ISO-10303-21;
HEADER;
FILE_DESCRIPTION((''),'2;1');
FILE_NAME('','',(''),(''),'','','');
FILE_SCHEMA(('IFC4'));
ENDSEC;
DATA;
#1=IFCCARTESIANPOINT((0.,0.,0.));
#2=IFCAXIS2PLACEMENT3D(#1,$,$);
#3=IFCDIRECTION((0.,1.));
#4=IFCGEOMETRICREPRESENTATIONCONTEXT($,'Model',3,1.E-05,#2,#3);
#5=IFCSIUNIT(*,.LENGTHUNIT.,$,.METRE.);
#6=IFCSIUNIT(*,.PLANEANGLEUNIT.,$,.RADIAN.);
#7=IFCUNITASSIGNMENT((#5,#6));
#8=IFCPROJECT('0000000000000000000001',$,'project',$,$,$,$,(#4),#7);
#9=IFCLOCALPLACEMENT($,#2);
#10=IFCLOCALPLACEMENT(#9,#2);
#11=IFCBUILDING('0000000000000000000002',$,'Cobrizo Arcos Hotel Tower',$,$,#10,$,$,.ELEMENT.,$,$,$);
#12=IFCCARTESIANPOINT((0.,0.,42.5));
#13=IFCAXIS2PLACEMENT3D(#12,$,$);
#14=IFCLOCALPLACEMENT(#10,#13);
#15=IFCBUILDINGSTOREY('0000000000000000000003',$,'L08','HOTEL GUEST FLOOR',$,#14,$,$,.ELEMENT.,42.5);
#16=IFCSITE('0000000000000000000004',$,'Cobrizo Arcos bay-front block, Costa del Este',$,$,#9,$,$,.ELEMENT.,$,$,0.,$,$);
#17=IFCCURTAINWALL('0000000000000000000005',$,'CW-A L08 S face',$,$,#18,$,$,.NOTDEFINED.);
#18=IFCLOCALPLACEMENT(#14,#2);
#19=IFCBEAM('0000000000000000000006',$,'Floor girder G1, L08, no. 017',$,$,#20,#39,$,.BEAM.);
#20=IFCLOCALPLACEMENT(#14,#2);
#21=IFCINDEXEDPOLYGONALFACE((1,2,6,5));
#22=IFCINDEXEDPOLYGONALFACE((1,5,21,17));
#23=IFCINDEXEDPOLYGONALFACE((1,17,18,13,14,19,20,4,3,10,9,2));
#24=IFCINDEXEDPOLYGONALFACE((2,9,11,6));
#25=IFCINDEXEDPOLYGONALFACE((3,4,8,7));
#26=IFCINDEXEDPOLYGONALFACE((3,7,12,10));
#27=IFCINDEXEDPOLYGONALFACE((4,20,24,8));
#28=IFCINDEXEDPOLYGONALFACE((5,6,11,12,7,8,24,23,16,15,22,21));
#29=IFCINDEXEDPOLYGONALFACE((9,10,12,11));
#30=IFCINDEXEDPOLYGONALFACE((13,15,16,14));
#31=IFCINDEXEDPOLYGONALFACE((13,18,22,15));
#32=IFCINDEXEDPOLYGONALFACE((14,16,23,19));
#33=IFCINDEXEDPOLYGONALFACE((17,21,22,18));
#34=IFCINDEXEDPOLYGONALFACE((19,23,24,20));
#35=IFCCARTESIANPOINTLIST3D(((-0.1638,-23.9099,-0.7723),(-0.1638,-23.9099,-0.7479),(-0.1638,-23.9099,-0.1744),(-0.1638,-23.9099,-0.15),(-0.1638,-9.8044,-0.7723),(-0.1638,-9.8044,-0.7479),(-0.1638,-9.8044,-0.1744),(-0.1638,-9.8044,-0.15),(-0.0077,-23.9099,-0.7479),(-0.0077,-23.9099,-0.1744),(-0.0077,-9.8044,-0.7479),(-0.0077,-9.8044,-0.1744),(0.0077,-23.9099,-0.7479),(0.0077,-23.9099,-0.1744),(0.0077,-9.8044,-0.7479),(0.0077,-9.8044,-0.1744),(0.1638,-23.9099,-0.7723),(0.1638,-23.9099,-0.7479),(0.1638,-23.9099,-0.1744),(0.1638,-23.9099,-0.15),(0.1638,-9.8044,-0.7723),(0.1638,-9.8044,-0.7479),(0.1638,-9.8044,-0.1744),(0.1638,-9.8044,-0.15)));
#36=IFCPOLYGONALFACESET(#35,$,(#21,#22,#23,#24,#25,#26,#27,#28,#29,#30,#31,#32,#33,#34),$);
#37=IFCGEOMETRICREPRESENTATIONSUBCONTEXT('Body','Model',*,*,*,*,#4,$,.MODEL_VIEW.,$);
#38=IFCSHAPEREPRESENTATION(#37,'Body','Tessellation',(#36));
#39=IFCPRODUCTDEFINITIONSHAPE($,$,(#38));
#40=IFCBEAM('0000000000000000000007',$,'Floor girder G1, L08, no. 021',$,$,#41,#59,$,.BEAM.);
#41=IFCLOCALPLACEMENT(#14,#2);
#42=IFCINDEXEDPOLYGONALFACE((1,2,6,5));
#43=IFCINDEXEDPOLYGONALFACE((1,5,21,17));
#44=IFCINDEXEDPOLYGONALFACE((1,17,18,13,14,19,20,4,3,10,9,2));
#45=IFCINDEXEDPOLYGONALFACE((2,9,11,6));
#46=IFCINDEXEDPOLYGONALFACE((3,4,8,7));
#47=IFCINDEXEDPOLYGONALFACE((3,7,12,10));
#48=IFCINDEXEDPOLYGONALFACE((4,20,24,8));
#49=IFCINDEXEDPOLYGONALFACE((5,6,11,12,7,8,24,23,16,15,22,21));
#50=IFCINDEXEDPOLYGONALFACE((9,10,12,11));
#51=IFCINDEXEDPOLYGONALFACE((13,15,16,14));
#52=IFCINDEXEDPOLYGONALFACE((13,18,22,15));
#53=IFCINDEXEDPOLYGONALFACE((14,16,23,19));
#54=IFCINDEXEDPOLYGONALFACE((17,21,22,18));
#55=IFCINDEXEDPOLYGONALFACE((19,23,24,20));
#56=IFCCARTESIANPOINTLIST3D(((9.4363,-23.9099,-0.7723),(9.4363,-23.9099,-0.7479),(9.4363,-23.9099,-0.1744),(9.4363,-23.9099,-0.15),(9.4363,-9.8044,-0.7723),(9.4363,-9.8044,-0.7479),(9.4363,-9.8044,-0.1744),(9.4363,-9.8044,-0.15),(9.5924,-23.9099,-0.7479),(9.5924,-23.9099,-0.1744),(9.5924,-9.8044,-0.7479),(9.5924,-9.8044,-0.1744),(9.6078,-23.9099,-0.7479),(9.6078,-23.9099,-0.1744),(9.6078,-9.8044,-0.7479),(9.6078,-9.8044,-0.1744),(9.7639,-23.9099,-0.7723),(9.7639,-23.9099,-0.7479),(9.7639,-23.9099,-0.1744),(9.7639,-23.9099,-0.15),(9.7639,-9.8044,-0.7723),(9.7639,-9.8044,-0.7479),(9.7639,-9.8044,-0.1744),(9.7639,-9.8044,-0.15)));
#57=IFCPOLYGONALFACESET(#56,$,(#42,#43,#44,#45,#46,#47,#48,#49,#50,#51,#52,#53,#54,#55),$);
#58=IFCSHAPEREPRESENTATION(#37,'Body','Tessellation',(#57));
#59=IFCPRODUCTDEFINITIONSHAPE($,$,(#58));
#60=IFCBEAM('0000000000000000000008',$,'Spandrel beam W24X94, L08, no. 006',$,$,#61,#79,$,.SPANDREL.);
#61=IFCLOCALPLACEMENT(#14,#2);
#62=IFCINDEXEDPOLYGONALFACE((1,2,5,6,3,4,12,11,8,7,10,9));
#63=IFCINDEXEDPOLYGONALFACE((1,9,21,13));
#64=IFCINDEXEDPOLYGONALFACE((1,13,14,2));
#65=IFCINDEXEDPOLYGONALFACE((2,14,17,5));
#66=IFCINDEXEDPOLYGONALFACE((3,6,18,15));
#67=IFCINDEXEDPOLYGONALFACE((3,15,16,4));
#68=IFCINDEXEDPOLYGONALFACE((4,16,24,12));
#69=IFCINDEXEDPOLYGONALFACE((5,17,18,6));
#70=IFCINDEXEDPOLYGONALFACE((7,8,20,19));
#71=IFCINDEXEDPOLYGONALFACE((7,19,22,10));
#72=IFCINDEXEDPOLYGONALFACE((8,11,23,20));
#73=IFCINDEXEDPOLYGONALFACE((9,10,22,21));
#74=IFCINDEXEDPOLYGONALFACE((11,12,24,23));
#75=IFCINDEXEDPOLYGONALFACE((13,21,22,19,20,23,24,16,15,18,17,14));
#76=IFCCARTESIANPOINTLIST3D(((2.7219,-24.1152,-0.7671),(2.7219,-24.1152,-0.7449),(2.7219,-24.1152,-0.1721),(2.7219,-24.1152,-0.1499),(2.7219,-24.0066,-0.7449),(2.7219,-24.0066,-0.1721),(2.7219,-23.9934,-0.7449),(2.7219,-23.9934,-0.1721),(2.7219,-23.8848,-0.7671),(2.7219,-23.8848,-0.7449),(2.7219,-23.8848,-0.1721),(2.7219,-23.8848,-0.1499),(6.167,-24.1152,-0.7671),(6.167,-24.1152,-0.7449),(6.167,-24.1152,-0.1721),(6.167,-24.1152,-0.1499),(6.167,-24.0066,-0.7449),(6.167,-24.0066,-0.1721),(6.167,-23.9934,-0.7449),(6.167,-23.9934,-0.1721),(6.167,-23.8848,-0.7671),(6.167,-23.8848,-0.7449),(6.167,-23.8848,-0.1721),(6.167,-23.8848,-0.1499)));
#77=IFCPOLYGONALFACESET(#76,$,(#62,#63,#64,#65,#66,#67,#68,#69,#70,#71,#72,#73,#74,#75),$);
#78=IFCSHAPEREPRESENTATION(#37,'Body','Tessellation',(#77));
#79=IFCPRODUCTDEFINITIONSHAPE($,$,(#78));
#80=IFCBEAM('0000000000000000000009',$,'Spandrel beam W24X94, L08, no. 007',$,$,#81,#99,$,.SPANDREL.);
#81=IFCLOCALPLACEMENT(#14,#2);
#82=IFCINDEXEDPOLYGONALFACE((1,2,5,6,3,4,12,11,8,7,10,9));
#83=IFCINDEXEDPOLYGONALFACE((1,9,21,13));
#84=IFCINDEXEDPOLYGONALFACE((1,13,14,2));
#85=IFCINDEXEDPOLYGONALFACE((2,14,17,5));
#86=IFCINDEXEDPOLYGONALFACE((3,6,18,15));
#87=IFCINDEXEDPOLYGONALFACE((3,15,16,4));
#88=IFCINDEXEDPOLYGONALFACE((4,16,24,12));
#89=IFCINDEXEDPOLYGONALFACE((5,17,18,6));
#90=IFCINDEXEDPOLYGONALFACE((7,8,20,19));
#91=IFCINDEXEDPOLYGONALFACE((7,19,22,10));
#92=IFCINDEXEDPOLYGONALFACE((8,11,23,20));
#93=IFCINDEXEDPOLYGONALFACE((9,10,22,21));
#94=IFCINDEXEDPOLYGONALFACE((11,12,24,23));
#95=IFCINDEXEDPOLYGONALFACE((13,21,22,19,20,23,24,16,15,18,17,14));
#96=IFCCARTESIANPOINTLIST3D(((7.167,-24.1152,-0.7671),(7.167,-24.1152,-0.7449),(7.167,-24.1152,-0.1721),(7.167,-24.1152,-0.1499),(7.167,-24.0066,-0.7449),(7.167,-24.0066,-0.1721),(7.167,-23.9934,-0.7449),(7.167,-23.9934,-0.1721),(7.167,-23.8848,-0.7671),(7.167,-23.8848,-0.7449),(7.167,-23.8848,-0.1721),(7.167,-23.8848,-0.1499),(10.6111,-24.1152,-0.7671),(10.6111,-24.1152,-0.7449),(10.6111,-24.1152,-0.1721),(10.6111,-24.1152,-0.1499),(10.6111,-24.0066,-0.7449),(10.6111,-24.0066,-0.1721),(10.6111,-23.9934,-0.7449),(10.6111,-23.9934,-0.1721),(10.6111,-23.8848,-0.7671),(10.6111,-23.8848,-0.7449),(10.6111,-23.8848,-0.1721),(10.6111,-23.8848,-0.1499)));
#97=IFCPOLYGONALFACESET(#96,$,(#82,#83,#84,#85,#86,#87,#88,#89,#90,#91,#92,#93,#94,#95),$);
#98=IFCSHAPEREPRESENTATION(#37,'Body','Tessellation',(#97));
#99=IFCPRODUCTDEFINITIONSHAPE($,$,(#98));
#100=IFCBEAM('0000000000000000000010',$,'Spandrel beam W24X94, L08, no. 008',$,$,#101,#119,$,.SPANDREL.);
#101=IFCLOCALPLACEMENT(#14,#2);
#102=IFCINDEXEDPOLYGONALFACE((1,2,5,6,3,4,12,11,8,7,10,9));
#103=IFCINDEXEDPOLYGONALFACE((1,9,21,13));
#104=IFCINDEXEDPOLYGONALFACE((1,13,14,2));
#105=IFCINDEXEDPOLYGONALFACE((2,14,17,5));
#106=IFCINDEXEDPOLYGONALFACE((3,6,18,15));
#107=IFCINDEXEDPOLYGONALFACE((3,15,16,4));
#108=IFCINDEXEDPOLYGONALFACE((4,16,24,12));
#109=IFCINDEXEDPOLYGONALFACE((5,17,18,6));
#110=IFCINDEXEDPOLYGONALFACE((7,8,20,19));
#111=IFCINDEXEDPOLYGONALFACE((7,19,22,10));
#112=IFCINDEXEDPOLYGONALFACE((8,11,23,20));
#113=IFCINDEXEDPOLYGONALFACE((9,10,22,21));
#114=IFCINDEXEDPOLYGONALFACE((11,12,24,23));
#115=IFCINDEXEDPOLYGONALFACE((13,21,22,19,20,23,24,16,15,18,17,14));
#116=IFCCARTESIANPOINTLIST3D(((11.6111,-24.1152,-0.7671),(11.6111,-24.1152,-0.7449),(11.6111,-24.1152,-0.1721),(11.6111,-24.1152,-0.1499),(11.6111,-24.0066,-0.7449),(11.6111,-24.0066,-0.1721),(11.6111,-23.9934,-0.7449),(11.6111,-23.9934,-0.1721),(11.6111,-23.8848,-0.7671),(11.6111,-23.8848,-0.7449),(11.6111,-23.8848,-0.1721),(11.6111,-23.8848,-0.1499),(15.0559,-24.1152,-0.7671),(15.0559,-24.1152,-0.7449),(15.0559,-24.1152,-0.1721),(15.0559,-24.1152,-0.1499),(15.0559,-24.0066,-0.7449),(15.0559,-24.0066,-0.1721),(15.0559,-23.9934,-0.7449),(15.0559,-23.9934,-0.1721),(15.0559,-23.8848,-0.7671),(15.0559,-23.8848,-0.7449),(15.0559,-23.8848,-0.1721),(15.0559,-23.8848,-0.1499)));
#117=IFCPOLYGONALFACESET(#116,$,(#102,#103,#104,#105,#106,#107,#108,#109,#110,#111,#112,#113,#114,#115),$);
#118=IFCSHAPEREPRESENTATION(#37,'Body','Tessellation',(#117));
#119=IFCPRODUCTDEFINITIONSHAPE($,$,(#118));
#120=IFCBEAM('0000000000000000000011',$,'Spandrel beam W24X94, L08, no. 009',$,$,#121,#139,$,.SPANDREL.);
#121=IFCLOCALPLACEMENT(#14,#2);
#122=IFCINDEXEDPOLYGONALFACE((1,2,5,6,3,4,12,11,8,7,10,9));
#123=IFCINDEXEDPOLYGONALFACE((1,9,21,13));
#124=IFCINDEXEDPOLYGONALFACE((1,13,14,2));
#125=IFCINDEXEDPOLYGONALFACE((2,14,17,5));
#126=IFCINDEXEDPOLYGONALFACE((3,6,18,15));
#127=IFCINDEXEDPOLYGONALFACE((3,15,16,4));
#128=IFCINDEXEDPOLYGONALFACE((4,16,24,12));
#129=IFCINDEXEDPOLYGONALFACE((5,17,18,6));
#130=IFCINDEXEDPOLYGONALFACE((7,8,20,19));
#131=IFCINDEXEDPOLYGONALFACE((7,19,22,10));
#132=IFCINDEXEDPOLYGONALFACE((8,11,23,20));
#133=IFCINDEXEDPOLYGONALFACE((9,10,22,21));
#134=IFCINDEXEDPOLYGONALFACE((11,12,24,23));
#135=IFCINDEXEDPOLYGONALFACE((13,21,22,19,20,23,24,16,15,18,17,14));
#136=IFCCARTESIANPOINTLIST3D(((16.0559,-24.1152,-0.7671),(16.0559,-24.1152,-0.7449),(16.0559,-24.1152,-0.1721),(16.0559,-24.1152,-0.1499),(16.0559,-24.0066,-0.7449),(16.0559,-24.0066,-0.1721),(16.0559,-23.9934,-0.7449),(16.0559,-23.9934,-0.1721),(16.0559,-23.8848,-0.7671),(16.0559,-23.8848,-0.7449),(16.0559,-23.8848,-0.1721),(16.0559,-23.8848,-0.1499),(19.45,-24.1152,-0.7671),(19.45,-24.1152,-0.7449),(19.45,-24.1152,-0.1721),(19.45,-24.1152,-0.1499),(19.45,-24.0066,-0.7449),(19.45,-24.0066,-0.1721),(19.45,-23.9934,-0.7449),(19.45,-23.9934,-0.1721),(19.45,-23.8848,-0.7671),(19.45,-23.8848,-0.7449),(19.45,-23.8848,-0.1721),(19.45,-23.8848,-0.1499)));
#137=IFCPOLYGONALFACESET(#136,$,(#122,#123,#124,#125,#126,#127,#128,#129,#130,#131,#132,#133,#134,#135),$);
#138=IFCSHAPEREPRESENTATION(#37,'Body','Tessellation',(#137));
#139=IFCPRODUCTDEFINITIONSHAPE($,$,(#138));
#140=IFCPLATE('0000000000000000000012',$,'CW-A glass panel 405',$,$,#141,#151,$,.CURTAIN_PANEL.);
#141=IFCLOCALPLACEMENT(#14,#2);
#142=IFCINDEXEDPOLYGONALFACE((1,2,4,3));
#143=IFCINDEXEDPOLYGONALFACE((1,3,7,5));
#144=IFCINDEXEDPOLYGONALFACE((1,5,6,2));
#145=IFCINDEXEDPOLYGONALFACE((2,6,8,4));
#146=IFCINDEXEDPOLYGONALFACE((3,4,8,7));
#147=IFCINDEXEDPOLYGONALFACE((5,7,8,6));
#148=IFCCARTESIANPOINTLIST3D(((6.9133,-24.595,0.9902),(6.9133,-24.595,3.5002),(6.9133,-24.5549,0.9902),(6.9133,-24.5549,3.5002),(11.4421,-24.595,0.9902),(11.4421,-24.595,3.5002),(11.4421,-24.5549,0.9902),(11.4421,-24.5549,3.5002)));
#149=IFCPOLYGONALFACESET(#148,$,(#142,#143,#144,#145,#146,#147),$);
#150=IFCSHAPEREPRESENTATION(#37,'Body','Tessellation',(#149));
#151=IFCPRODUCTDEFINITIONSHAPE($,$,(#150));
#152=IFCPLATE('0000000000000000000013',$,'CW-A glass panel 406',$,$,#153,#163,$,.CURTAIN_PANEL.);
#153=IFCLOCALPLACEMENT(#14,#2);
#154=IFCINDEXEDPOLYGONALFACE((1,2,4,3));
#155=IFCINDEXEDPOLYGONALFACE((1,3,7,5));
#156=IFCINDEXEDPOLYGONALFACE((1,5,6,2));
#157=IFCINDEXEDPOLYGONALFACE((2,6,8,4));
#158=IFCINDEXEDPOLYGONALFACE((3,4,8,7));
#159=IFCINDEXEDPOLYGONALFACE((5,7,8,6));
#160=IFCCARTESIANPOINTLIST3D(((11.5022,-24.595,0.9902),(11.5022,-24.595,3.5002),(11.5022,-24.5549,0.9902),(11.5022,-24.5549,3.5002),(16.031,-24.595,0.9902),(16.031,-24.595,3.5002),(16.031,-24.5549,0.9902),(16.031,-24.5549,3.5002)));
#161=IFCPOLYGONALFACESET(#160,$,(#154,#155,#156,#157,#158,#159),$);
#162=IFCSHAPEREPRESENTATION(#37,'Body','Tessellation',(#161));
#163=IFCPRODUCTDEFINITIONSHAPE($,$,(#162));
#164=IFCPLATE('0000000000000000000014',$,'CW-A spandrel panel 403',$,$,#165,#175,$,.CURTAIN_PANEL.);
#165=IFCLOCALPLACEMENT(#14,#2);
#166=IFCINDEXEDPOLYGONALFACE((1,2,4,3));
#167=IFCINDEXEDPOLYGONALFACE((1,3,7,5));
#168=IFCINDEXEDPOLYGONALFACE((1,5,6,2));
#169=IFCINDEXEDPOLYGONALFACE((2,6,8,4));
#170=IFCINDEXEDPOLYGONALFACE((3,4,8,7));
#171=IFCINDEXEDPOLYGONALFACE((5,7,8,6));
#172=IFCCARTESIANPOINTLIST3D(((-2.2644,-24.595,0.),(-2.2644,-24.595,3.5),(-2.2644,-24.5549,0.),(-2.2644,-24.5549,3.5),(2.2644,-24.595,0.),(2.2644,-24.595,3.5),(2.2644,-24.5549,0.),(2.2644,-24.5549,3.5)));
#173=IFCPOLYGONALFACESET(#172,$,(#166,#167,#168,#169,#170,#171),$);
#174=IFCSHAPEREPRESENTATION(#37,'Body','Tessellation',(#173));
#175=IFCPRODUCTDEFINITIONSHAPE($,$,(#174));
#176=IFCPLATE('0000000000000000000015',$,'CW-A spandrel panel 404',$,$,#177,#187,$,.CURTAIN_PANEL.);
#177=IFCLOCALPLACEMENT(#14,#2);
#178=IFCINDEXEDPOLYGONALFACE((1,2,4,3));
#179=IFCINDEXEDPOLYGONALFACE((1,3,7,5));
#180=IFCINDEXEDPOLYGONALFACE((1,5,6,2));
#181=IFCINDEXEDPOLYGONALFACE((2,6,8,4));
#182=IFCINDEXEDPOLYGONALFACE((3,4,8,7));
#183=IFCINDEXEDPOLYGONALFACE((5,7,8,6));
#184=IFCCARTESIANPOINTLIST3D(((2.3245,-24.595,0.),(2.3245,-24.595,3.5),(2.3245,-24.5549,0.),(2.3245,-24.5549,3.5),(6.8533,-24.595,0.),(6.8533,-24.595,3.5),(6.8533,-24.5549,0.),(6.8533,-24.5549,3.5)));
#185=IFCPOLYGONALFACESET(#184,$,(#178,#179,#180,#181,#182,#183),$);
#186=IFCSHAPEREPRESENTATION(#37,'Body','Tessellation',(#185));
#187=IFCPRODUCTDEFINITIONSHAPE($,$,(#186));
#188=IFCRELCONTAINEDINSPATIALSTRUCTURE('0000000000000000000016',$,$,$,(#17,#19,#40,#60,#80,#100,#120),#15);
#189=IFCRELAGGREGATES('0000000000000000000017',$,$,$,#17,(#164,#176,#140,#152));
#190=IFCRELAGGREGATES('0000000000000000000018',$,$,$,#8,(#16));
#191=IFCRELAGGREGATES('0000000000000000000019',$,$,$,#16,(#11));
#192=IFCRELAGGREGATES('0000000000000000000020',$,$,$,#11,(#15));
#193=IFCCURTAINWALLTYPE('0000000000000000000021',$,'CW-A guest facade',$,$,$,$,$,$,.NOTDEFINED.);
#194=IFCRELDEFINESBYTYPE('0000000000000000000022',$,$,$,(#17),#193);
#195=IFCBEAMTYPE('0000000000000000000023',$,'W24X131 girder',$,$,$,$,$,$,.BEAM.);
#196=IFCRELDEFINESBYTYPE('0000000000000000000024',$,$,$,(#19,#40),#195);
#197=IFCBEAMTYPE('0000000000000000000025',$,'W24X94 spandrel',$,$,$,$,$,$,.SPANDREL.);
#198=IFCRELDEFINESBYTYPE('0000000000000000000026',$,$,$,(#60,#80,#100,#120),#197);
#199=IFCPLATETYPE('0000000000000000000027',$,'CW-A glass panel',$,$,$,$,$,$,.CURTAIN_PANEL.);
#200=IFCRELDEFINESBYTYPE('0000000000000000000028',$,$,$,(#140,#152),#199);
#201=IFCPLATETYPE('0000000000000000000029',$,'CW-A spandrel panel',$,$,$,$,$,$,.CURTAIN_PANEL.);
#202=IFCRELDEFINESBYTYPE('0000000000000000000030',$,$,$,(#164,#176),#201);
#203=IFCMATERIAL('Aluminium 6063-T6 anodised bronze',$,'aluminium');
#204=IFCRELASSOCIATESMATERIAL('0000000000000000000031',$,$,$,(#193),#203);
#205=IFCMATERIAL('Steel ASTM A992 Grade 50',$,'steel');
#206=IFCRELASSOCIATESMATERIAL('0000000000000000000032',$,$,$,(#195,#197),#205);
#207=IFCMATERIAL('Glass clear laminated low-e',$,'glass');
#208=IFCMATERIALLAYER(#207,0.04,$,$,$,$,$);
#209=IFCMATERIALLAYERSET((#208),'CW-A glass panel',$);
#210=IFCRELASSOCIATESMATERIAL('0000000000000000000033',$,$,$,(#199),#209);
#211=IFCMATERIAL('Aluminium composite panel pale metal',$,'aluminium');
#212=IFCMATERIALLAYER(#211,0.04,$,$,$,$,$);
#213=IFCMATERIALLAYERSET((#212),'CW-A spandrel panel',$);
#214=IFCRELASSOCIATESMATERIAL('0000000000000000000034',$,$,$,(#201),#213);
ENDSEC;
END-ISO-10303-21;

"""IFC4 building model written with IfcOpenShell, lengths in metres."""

from ifc_helpers import new_model, si_unit, direction, frame, origin, origin_2d, place, context, subcontext, project, spatial, rectangle, i_section, extrude, material, layer, layer_set, material_profile, profile_set, type_object, element, aggregate, save


model = new_model("IFC4")

# Units and contexts
model_context = context("Model", 3, precision=1e-05, world=origin(), true_north=direction((0.0, 1.0)))
body_context = subcontext(model_context, "Body", "Model", "MODEL_VIEW")
ifc_project = project(units=[si_unit("LENGTHUNIT", "METRE"), si_unit("PLANEANGLEUNIT", "RADIAN")], contexts=[model_context])

# Site, building, storey
site_placement = place(None, origin())
site = spatial("IfcSite", under=ifc_project, at=site_placement, Name="Cobrizo Arcos bay-front block, Costa del Este", CompositionType="ELEMENT", RefElevation=0.0)
building_placement = place(site_placement, origin())
building = spatial("IfcBuilding", under=site, at=building_placement, Name="Cobrizo Arcos Hotel Tower", CompositionType="ELEMENT")
storey_placement = place(building_placement, frame((0.0, 0.0, 42.5)))
storey = spatial("IfcBuildingStorey", under=building, at=storey_placement, Name="L08", Description="HOTEL GUEST FLOOR", CompositionType="ELEMENT", Elevation=42.5)

# Curtain wall
ifc_material_1 = material(Name="Aluminium 6063-T6 anodised bronze", Category="aluminium")
curtain_wall_type = type_object("IfcCurtainWallType", Name="CW-A guest facade", PredefinedType="NOTDEFINED", material=ifc_material_1)
curtain_wall_placement = place(storey_placement, origin())
curtain_wall = element("IfcCurtainWall", 1, at=curtain_wall_placement, inside=storey, type_object=curtain_wall_type, Name="CW-A L08 S face", PredefinedType="NOTDEFINED")

# Beams
ifc_material_2 = material(Name="Steel ASTM A992 Grade 50", Category="steel")
ifc_material_profile_1 = material_profile(ifc_material_2, i_section(OverallWidth=0.3276, OverallDepth=0.6223, WebThickness=0.0154, FlangeThickness=0.0244, at=origin_2d()), Name="W24X131")
ifc_profile_set_1 = profile_set([ifc_material_profile_1], Name="Steel ASTM A992 Grade 50")
beam_type_1 = type_object("IfcBeamType", Name="W24X131 girder", PredefinedType="BEAM", material=ifc_profile_set_1)
for number, where, z_axis, x_axis, name in (
    (2, (0.0, -23.9099, -0.4612), (0.0, 1.0, 0.0), (-1.0, 0.0, 0.0), "Floor girder G1, L08, no. 017"),
    (3, (9.6001, -23.9099, -0.4612), (0.0, 1.0, 0.0), (-1.0, 0.0, 0.0), "Floor girder G1, L08, no. 021"),
):
    element("IfcBeam", number, at=place(storey_placement, frame(where, z_axis=z_axis, x_axis=x_axis)), inside=storey, type_object=beam_type_1, Name=name, PredefinedType="BEAM", context=body_context, shape_type="SweptSolid", body=[
        extrude(i_section(OverallWidth=0.3276, OverallDepth=0.6223, WebThickness=0.0154, FlangeThickness=0.0244, at=origin_2d()), origin(), (0.0, 0.0, 1.0), 14.1055),
    ])
ifc_material_profile_2 = material_profile(ifc_material_2, i_section(OverallWidth=0.2305, OverallDepth=0.6172, WebThickness=0.0132, FlangeThickness=0.0222, at=origin_2d()), Name="W24X94")
ifc_profile_set_2 = profile_set([ifc_material_profile_2], Name="Steel ASTM A992 Grade 50")
beam_type_2 = type_object("IfcBeamType", Name="W24X94 spandrel", PredefinedType="SPANDREL", material=ifc_profile_set_2)
beam_1_placement = place(storey_placement, frame((2.7219, -24.0, -0.4585), z_axis=(1.0, 0.0, 0.0), x_axis=(0.0, 1.0, 0.0)))
element("IfcBeam", 4, at=beam_1_placement, inside=storey, type_object=beam_type_2, Name="Spandrel beam W24X94, L08, no. 006", PredefinedType="SPANDREL", context=body_context, shape_type="SweptSolid", body=[
    extrude(i_section(OverallWidth=0.2305, OverallDepth=0.6172, WebThickness=0.0132, FlangeThickness=0.0222, at=origin_2d()), origin(), (0.0, 0.0, 1.0), 3.4451),
])
beam_2_placement = place(storey_placement, frame((7.167, -24.0, -0.4585), z_axis=(1.0, 0.0, 0.0), x_axis=(0.0, 1.0, 0.0)))
element("IfcBeam", 5, at=beam_2_placement, inside=storey, type_object=beam_type_2, Name="Spandrel beam W24X94, L08, no. 007", PredefinedType="SPANDREL", context=body_context, shape_type="SweptSolid", body=[
    extrude(i_section(OverallWidth=0.2305, OverallDepth=0.6172, WebThickness=0.0132, FlangeThickness=0.0222, at=origin_2d()), origin(), (0.0, 0.0, 1.0), 3.4441),
])
beam_3_placement = place(storey_placement, frame((11.6111, -24.0, -0.4585), z_axis=(1.0, 0.0, 0.0), x_axis=(0.0, 1.0, 0.0)))
element("IfcBeam", 6, at=beam_3_placement, inside=storey, type_object=beam_type_2, Name="Spandrel beam W24X94, L08, no. 008", PredefinedType="SPANDREL", context=body_context, shape_type="SweptSolid", body=[
    extrude(i_section(OverallWidth=0.2305, OverallDepth=0.6172, WebThickness=0.0132, FlangeThickness=0.0222, at=origin_2d()), origin(), (0.0, 0.0, 1.0), 3.4448),
])
beam_4_placement = place(storey_placement, frame((16.0559, -24.0, -0.4585), z_axis=(1.0, 0.0, 0.0), x_axis=(0.0, 1.0, 0.0)))
element("IfcBeam", 7, at=beam_4_placement, inside=storey, type_object=beam_type_2, Name="Spandrel beam W24X94, L08, no. 009", PredefinedType="SPANDREL", context=body_context, shape_type="SweptSolid", body=[
    extrude(i_section(OverallWidth=0.2305, OverallDepth=0.6172, WebThickness=0.0132, FlangeThickness=0.0222, at=origin_2d()), origin(), (0.0, 0.0, 1.0), 3.394),
])

# Plates
ifc_material_3 = material(Name="Glass clear laminated low-e", Category="glass")
ifc_layer_1 = layer(ifc_material_3, 0.04)
ifc_layer_set_1 = layer_set([ifc_layer_1], Name="CW-A glass panel")
plate_type_1 = type_object("IfcPlateType", Name="CW-A glass panel", PredefinedType="CURTAIN_PANEL", material=ifc_layer_set_1)
plate_1_placement = place(storey_placement, frame((9.1777, -24.575, 0.9902), z_axis=(0.0, 0.0, 1.0), x_axis=(1.0, 0.0, 0.0)))
plate_1 = element("IfcPlate", 8, at=plate_1_placement, type_object=plate_type_1, Name="CW-A glass panel 405", PredefinedType="CURTAIN_PANEL", context=body_context, shape_type="SweptSolid", body=[
    extrude(rectangle(XDim=4.5288, YDim=0.04, at=origin_2d()), origin(), (0.0, 0.0, 1.0), 2.51),
])
plate_2_placement = place(storey_placement, frame((13.7666, -24.575, 0.9902), z_axis=(0.0, 0.0, 1.0), x_axis=(1.0, 0.0, 0.0)))
plate_2 = element("IfcPlate", 9, at=plate_2_placement, type_object=plate_type_1, Name="CW-A glass panel 406", PredefinedType="CURTAIN_PANEL", context=body_context, shape_type="SweptSolid", body=[
    extrude(rectangle(XDim=4.5288, YDim=0.04, at=origin_2d()), origin(), (0.0, 0.0, 1.0), 2.51),
])
ifc_material_4 = material(Name="Aluminium composite panel pale metal", Category="aluminium")
ifc_layer_2 = layer(ifc_material_4, 0.04)
ifc_layer_set_2 = layer_set([ifc_layer_2], Name="CW-A spandrel panel")
plate_type_2 = type_object("IfcPlateType", Name="CW-A spandrel panel", PredefinedType="CURTAIN_PANEL", material=ifc_layer_set_2)
plate_3_placement = place(storey_placement, frame((0.0, -24.575, 0.0), z_axis=(0.0, 0.0, 1.0), x_axis=(1.0, 0.0, 0.0)))
plate_3 = element("IfcPlate", 10, at=plate_3_placement, type_object=plate_type_2, Name="CW-A spandrel panel 403", PredefinedType="CURTAIN_PANEL", context=body_context, shape_type="SweptSolid", body=[
    extrude(rectangle(XDim=4.5288, YDim=0.04, at=origin_2d()), origin(), (0.0, 0.0, 1.0), 3.5),
])
plate_4_placement = place(storey_placement, frame((4.5889, -24.575, 0.0), z_axis=(0.0, 0.0, 1.0), x_axis=(1.0, 0.0, 0.0)))
plate_4 = element("IfcPlate", 11, at=plate_4_placement, type_object=plate_type_2, Name="CW-A spandrel panel 404", PredefinedType="CURTAIN_PANEL", context=body_context, shape_type="SweptSolid", body=[
    extrude(rectangle(XDim=4.5288, YDim=0.04, at=origin_2d()), origin(), (0.0, 0.0, 1.0), 3.5),
])
aggregate(curtain_wall, [plate_3, plate_4, plate_1, plate_2])

save(model, "model.ifc")
